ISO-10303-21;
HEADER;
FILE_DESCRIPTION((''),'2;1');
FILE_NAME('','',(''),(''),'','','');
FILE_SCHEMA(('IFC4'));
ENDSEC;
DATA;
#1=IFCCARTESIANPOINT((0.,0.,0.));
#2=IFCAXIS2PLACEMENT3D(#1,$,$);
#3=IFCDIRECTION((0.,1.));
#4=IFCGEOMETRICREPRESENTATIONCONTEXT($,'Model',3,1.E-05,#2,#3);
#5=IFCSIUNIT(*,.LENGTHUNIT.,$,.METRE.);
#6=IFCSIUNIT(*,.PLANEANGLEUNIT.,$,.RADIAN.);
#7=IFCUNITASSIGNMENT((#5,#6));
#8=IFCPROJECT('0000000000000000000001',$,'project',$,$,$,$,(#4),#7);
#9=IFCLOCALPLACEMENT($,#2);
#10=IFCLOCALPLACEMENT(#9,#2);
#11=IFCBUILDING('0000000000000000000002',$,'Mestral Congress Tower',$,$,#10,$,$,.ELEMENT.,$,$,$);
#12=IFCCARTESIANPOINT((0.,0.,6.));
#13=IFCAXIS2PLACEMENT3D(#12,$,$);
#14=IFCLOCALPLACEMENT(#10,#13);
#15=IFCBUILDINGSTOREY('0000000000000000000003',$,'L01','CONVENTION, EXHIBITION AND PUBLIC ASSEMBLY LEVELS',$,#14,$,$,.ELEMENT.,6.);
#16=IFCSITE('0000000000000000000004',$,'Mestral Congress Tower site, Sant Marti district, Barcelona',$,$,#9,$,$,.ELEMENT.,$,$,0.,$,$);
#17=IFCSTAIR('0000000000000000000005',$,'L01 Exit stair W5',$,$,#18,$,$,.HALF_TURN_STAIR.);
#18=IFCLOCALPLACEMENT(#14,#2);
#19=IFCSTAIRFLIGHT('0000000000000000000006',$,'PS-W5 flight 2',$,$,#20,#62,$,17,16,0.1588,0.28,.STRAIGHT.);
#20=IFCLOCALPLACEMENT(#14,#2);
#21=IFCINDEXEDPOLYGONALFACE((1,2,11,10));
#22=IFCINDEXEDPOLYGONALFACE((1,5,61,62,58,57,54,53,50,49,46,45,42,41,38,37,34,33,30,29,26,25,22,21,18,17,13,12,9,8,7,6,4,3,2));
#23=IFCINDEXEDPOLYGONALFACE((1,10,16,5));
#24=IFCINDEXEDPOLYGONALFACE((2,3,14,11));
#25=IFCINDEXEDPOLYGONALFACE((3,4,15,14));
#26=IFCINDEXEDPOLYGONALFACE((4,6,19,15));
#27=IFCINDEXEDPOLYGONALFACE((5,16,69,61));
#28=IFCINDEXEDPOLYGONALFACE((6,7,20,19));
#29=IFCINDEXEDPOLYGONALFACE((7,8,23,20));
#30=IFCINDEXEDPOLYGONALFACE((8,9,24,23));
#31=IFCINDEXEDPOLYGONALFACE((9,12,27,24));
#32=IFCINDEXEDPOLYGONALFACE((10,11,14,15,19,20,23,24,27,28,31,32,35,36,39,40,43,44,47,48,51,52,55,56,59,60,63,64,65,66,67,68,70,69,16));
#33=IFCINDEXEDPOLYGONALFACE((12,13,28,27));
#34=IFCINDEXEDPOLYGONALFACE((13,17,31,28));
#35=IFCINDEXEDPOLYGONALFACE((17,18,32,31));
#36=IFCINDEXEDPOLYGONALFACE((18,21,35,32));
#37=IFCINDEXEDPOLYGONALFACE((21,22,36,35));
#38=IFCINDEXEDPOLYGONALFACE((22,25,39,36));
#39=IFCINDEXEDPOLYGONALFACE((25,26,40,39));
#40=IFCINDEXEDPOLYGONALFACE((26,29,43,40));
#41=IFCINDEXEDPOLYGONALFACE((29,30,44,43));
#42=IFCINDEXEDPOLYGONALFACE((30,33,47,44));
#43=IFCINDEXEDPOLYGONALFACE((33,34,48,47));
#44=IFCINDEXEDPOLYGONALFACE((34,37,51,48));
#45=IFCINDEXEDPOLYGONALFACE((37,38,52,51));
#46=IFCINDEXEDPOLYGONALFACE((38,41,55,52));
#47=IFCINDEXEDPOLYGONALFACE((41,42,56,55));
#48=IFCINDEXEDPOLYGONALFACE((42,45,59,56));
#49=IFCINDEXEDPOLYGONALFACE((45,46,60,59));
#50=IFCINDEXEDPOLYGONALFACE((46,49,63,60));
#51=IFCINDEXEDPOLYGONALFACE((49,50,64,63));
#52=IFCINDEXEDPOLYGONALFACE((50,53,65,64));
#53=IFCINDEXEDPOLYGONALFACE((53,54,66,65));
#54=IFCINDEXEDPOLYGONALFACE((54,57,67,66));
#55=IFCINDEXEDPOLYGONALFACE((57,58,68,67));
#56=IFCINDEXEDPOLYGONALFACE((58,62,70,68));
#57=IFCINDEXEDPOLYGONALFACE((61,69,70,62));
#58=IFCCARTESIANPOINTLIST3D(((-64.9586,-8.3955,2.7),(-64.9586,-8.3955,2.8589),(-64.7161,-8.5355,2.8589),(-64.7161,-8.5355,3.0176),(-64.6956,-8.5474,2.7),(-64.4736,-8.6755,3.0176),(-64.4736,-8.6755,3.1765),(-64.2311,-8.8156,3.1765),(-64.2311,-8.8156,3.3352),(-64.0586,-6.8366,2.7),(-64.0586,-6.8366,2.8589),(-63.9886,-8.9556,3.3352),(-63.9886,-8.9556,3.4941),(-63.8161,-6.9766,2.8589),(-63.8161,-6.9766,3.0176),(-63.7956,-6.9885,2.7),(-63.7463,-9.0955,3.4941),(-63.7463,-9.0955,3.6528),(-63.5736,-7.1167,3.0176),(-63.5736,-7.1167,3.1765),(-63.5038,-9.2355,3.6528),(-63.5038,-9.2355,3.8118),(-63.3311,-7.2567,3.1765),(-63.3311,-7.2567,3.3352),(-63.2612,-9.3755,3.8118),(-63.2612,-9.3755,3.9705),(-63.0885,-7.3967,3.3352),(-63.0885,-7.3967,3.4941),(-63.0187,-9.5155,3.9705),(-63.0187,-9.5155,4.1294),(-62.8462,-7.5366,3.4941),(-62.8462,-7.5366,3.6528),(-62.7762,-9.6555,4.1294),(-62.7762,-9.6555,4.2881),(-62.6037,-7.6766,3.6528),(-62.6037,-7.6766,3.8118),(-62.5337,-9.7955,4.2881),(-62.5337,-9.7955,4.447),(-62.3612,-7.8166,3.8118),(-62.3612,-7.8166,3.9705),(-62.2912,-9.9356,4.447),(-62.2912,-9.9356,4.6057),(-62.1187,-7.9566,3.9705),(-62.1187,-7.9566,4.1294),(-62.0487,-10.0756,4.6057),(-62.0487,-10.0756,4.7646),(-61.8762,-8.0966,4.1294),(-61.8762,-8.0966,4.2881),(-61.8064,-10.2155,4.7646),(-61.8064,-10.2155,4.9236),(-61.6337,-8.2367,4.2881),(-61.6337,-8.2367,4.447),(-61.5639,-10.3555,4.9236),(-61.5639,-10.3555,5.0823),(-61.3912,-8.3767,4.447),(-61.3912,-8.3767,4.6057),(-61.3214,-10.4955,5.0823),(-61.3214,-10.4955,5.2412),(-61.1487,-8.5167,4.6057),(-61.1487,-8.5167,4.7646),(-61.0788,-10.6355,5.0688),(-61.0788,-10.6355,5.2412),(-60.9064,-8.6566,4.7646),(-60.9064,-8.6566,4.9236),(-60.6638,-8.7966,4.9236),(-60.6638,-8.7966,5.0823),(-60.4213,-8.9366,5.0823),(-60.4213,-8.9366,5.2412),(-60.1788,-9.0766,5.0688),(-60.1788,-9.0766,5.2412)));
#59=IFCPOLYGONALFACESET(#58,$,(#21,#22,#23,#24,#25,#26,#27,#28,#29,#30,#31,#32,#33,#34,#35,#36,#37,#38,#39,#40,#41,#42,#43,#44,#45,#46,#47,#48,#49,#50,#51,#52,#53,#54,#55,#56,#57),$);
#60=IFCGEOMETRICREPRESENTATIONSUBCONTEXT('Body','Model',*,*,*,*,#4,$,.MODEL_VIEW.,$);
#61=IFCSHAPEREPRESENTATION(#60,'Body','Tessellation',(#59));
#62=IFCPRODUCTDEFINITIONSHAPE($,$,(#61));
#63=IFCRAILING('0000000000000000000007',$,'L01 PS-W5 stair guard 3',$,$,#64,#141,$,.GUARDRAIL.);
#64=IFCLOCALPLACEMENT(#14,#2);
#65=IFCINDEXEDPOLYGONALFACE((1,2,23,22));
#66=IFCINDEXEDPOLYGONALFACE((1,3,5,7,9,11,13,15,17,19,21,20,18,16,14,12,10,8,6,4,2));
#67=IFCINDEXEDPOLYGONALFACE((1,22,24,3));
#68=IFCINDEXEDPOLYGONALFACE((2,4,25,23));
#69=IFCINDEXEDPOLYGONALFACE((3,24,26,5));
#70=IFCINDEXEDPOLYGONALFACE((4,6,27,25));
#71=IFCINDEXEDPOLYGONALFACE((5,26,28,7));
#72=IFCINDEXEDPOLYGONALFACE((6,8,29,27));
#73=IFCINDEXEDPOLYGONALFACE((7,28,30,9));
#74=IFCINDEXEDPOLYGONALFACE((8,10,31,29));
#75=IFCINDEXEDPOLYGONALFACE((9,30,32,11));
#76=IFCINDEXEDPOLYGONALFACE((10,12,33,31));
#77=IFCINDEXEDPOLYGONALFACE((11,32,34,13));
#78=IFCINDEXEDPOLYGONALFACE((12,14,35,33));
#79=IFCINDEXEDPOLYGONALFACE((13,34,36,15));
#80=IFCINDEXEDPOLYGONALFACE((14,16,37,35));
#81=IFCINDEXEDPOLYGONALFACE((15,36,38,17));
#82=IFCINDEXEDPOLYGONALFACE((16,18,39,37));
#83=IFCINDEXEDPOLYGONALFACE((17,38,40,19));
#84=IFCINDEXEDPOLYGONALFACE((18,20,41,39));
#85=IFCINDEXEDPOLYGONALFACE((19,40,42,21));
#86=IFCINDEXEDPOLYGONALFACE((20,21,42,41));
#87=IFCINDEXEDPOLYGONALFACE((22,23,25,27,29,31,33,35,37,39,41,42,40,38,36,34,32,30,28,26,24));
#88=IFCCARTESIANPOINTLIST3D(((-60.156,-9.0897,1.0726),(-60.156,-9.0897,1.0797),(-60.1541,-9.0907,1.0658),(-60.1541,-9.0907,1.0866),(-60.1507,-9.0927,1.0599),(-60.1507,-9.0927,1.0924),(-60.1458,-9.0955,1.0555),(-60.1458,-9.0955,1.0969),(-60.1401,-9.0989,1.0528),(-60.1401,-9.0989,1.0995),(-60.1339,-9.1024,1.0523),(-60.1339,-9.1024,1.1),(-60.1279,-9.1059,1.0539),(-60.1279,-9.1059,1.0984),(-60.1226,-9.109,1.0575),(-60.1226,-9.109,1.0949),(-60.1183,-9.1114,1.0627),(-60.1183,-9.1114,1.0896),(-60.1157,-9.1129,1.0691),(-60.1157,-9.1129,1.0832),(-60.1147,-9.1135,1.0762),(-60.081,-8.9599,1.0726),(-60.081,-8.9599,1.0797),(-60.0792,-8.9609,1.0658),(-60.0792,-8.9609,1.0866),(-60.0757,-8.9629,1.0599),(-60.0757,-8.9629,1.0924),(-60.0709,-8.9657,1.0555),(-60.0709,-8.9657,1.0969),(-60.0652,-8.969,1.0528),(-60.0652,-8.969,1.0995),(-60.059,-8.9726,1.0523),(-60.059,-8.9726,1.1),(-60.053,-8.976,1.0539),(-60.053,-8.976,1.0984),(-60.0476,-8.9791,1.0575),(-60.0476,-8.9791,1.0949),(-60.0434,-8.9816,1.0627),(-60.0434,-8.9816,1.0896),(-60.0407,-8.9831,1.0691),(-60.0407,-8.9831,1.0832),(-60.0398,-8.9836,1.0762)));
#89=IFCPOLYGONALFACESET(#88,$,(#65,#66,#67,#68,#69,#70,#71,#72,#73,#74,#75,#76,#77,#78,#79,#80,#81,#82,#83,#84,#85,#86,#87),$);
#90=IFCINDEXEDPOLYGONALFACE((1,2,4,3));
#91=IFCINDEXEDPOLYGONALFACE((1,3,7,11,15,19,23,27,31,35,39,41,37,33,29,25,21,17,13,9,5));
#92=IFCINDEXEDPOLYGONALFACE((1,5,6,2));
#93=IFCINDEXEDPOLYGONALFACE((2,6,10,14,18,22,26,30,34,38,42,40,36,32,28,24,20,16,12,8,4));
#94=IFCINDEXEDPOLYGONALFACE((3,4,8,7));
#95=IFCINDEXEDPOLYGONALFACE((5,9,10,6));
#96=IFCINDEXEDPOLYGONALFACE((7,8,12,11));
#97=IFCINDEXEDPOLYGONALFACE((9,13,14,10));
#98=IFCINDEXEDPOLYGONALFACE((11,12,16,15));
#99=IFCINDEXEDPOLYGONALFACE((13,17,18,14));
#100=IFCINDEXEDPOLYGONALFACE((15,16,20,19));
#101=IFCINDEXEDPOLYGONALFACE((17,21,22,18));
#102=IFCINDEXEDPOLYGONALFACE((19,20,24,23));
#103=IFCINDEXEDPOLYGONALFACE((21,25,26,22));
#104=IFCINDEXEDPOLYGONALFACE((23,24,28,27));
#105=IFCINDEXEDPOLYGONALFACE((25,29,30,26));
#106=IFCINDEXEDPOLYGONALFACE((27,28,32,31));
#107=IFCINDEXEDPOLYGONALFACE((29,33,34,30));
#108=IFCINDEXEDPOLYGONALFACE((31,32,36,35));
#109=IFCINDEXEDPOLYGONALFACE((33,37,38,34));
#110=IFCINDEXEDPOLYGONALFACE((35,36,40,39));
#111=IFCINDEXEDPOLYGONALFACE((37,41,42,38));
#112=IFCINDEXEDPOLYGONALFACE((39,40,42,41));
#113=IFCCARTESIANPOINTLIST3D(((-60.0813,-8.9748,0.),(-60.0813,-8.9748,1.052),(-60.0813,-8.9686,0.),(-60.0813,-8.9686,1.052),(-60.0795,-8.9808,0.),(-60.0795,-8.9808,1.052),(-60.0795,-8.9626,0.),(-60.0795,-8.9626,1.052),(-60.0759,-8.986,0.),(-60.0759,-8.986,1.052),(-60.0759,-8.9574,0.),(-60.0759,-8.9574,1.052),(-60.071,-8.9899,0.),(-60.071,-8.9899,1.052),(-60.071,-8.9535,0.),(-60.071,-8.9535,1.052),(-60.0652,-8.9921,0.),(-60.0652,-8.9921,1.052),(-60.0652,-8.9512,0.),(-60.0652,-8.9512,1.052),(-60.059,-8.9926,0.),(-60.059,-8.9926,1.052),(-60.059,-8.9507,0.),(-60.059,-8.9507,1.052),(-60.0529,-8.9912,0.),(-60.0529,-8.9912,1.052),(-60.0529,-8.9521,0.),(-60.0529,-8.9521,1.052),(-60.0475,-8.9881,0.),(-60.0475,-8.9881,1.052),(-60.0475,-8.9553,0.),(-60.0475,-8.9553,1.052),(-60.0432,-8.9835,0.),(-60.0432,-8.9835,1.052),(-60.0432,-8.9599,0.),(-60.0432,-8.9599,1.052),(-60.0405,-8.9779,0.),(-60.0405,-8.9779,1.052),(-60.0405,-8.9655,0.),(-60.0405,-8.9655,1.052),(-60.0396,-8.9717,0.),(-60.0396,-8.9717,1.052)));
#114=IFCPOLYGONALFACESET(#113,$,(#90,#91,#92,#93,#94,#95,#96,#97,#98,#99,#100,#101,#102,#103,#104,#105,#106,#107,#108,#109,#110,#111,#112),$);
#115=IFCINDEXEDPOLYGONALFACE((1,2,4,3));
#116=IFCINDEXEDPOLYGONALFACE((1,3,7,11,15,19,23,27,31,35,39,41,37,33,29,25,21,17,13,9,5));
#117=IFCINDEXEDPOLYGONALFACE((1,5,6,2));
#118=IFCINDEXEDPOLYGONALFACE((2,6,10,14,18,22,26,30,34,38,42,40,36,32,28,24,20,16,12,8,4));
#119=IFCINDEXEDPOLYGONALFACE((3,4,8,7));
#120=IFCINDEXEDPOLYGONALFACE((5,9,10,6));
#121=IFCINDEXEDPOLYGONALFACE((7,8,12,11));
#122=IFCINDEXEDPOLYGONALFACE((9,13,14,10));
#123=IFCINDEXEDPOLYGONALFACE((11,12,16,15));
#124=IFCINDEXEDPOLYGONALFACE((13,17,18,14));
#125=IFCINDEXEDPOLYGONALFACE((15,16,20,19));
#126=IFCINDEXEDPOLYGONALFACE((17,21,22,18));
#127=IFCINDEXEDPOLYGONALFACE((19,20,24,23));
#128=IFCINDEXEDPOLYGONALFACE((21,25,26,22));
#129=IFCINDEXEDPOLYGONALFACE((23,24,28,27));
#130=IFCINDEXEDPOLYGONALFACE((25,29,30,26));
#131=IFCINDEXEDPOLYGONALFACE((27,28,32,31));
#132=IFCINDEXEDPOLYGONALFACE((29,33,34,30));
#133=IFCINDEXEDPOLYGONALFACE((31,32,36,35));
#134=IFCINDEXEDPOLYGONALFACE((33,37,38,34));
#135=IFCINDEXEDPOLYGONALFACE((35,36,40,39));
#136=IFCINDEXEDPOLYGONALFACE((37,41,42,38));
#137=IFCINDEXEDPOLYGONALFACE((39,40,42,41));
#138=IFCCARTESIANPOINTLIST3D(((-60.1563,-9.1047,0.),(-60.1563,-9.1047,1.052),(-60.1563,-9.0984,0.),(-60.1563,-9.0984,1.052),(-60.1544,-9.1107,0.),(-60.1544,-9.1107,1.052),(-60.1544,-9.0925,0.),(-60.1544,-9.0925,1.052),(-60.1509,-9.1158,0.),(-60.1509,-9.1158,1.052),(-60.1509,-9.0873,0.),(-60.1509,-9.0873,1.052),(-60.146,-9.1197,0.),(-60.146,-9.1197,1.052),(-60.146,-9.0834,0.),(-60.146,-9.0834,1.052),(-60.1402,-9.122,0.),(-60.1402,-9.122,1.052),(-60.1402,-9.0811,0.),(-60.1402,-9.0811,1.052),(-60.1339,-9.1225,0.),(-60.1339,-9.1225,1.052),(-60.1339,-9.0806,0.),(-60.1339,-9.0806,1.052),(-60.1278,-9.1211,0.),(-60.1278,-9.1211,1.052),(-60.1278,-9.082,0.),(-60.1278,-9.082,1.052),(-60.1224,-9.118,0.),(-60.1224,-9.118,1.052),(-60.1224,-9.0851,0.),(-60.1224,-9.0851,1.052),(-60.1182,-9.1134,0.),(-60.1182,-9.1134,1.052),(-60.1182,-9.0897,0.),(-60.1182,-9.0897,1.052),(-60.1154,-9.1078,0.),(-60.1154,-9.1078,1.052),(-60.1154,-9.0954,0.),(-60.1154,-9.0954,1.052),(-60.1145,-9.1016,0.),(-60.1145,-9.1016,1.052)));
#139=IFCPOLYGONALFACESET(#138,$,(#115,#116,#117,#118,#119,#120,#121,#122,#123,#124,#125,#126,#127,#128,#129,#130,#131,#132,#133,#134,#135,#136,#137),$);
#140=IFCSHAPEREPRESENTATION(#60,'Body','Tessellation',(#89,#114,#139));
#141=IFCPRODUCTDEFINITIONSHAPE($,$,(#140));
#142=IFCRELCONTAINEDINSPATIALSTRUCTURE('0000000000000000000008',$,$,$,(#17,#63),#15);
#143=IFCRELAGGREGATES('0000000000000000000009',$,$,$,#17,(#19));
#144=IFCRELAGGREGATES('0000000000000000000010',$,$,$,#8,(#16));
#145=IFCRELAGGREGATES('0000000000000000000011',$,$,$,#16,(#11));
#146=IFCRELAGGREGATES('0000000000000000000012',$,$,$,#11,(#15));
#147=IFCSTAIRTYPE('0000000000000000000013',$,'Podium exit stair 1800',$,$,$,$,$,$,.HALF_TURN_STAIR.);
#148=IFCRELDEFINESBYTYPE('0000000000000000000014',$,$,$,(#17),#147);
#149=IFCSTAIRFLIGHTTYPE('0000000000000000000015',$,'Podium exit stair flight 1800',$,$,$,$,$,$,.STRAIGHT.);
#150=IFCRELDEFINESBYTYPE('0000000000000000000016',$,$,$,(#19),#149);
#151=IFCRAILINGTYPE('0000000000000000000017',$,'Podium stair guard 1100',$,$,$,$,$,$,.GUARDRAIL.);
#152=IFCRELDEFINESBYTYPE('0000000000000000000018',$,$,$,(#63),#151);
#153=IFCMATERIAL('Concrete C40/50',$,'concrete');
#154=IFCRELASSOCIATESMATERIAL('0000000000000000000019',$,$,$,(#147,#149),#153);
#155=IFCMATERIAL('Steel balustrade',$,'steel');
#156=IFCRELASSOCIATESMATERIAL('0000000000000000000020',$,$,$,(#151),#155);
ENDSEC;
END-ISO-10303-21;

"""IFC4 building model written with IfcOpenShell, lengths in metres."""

from ifc_helpers import new_model, si_unit, direction, frame, origin, origin_2d, place, context, subcontext, project, spatial, polyline, circle, outline, extrude, material, type_object, element, aggregate, save


model = new_model("IFC4")

# Units and contexts
model_context = context("Model", 3, precision=1e-05, world=origin(), true_north=direction((0.0, 1.0)))
body_context = subcontext(model_context, "Body", "Model", "MODEL_VIEW")
ifc_project = project(units=[si_unit("LENGTHUNIT", "METRE"), si_unit("PLANEANGLEUNIT", "RADIAN")], contexts=[model_context])

# Site, building, storey
site_placement = place(None, origin())
site = spatial("IfcSite", under=ifc_project, at=site_placement, Name="Mestral Congress Tower site, Sant Marti district, Barcelona", CompositionType="ELEMENT", RefElevation=0.0)
building_placement = place(site_placement, origin())
building = spatial("IfcBuilding", under=site, at=building_placement, Name="Mestral Congress Tower", CompositionType="ELEMENT")
storey_placement = place(building_placement, frame((0.0, 0.0, 6.0)))
storey = spatial("IfcBuildingStorey", under=building, at=storey_placement, Name="L01", Description="CONVENTION, EXHIBITION AND PUBLIC ASSEMBLY LEVELS", CompositionType="ELEMENT", Elevation=6.0)

# Stair, stair flight
ifc_material_1 = material(Name="Concrete C40/50", Category="concrete")
stair_type = type_object("IfcStairType", Name="Podium exit stair 1800", PredefinedType="HALF_TURN_STAIR", material=ifc_material_1)
stair_placement = place(storey_placement, origin())
stair = element("IfcStair", 1, at=stair_placement, inside=storey, type_object=stair_type, Name="L01 Exit stair W5", PredefinedType="HALF_TURN_STAIR")
stair_flight_type = type_object("IfcStairFlightType", Name="Podium exit stair flight 1800", PredefinedType="STRAIGHT", material=ifc_material_1)
stair_flight_1_placement = place(storey_placement, frame((-64.5085, -7.616, 2.7), z_axis=(0.0, 0.0, 1.0), x_axis=(0.866025, -0.5, 0.0)))
stair_flight_1 = element("IfcStairFlight", 2, at=stair_flight_1_placement, type_object=stair_flight_type, Name="PS-W5 flight 2", NumberOfRisers=17, NumberOfTreads=16, PredefinedType="STRAIGHT", RiserHeight=0.1588, TreadLength=0.28, context=body_context, shape_type="SweptSolid", body=[
    extrude(outline(polyline([(0.0, 0.0), (0.0, 0.1589), (0.28, 0.1589), (0.28, 0.3176), (0.5601, 0.3176), (0.5601, 0.4766), (0.8401, 0.4766), (0.8401, 0.6353), (1.1201, 0.6353), (1.1201, 0.7942), (1.3999, 0.7942), (1.3999, 0.9529), (1.6799, 0.9529), (1.6799, 1.1118), (1.96, 1.1118), (1.96, 1.2705), (2.24, 1.2705), (2.24, 1.4294), (2.52, 1.4294), (2.52, 1.5881), (2.8, 1.5881), (2.8, 1.7471), (3.0801, 1.7471), (3.0801, 1.9058), (3.3601, 1.9058), (3.3601, 2.0647), (3.6399, 2.0647), (3.6399, 2.2236), (3.9199, 2.2236), (3.9199, 2.3823), (4.2, 2.3823), (4.2, 2.5413), (4.48, 2.5413), (4.48, 2.7), (4.48, 2.3689), (0.3037, 0.0), (0.0, 0.0)])), frame((0.0, 0.8999, 0.0), z_axis=(0.0, -1.0, 0.0), x_axis=(1.0, 0.0, 0.0)), (0.0, 0.0, 1.0), 1.8),
])
aggregate(stair, [stair_flight_1])

# Railing
ifc_material_2 = material(Name="Steel balustrade", Category="steel")
railing_type_1 = type_object("IfcRailingType", Name="Podium stair guard 1100", PredefinedType="GUARDRAIL", material=ifc_material_2)
railing_1_placement = place(storey_placement, frame((-60.0605, -8.9717, 0.0)))
element("IfcRailing", 3, at=railing_1_placement, inside=storey, type_object=railing_type_1, Name="L01 PS-W5 stair guard 3", PredefinedType="GUARDRAIL", context=body_context, shape_type="SweptSolid", body=[
    extrude(circle(Radius=0.0239, at=origin_2d()), frame((0.0, 0.0, 1.0762), z_axis=(-0.499816, -0.866131, 0.0), x_axis=(0.866131, -0.499816, 0.0)), (0.0, 0.0, 1.0), 0.1499),
    extrude(circle(Radius=0.021, at=origin_2d()), origin(), (0.0, 0.0, 1.0), 1.052),
    extrude(circle(Radius=0.021, at=origin_2d()), frame((-0.075, -0.1299, 0.0)), (0.0, 0.0, 1.0), 1.052),
])

save(model, "model.ifc")
